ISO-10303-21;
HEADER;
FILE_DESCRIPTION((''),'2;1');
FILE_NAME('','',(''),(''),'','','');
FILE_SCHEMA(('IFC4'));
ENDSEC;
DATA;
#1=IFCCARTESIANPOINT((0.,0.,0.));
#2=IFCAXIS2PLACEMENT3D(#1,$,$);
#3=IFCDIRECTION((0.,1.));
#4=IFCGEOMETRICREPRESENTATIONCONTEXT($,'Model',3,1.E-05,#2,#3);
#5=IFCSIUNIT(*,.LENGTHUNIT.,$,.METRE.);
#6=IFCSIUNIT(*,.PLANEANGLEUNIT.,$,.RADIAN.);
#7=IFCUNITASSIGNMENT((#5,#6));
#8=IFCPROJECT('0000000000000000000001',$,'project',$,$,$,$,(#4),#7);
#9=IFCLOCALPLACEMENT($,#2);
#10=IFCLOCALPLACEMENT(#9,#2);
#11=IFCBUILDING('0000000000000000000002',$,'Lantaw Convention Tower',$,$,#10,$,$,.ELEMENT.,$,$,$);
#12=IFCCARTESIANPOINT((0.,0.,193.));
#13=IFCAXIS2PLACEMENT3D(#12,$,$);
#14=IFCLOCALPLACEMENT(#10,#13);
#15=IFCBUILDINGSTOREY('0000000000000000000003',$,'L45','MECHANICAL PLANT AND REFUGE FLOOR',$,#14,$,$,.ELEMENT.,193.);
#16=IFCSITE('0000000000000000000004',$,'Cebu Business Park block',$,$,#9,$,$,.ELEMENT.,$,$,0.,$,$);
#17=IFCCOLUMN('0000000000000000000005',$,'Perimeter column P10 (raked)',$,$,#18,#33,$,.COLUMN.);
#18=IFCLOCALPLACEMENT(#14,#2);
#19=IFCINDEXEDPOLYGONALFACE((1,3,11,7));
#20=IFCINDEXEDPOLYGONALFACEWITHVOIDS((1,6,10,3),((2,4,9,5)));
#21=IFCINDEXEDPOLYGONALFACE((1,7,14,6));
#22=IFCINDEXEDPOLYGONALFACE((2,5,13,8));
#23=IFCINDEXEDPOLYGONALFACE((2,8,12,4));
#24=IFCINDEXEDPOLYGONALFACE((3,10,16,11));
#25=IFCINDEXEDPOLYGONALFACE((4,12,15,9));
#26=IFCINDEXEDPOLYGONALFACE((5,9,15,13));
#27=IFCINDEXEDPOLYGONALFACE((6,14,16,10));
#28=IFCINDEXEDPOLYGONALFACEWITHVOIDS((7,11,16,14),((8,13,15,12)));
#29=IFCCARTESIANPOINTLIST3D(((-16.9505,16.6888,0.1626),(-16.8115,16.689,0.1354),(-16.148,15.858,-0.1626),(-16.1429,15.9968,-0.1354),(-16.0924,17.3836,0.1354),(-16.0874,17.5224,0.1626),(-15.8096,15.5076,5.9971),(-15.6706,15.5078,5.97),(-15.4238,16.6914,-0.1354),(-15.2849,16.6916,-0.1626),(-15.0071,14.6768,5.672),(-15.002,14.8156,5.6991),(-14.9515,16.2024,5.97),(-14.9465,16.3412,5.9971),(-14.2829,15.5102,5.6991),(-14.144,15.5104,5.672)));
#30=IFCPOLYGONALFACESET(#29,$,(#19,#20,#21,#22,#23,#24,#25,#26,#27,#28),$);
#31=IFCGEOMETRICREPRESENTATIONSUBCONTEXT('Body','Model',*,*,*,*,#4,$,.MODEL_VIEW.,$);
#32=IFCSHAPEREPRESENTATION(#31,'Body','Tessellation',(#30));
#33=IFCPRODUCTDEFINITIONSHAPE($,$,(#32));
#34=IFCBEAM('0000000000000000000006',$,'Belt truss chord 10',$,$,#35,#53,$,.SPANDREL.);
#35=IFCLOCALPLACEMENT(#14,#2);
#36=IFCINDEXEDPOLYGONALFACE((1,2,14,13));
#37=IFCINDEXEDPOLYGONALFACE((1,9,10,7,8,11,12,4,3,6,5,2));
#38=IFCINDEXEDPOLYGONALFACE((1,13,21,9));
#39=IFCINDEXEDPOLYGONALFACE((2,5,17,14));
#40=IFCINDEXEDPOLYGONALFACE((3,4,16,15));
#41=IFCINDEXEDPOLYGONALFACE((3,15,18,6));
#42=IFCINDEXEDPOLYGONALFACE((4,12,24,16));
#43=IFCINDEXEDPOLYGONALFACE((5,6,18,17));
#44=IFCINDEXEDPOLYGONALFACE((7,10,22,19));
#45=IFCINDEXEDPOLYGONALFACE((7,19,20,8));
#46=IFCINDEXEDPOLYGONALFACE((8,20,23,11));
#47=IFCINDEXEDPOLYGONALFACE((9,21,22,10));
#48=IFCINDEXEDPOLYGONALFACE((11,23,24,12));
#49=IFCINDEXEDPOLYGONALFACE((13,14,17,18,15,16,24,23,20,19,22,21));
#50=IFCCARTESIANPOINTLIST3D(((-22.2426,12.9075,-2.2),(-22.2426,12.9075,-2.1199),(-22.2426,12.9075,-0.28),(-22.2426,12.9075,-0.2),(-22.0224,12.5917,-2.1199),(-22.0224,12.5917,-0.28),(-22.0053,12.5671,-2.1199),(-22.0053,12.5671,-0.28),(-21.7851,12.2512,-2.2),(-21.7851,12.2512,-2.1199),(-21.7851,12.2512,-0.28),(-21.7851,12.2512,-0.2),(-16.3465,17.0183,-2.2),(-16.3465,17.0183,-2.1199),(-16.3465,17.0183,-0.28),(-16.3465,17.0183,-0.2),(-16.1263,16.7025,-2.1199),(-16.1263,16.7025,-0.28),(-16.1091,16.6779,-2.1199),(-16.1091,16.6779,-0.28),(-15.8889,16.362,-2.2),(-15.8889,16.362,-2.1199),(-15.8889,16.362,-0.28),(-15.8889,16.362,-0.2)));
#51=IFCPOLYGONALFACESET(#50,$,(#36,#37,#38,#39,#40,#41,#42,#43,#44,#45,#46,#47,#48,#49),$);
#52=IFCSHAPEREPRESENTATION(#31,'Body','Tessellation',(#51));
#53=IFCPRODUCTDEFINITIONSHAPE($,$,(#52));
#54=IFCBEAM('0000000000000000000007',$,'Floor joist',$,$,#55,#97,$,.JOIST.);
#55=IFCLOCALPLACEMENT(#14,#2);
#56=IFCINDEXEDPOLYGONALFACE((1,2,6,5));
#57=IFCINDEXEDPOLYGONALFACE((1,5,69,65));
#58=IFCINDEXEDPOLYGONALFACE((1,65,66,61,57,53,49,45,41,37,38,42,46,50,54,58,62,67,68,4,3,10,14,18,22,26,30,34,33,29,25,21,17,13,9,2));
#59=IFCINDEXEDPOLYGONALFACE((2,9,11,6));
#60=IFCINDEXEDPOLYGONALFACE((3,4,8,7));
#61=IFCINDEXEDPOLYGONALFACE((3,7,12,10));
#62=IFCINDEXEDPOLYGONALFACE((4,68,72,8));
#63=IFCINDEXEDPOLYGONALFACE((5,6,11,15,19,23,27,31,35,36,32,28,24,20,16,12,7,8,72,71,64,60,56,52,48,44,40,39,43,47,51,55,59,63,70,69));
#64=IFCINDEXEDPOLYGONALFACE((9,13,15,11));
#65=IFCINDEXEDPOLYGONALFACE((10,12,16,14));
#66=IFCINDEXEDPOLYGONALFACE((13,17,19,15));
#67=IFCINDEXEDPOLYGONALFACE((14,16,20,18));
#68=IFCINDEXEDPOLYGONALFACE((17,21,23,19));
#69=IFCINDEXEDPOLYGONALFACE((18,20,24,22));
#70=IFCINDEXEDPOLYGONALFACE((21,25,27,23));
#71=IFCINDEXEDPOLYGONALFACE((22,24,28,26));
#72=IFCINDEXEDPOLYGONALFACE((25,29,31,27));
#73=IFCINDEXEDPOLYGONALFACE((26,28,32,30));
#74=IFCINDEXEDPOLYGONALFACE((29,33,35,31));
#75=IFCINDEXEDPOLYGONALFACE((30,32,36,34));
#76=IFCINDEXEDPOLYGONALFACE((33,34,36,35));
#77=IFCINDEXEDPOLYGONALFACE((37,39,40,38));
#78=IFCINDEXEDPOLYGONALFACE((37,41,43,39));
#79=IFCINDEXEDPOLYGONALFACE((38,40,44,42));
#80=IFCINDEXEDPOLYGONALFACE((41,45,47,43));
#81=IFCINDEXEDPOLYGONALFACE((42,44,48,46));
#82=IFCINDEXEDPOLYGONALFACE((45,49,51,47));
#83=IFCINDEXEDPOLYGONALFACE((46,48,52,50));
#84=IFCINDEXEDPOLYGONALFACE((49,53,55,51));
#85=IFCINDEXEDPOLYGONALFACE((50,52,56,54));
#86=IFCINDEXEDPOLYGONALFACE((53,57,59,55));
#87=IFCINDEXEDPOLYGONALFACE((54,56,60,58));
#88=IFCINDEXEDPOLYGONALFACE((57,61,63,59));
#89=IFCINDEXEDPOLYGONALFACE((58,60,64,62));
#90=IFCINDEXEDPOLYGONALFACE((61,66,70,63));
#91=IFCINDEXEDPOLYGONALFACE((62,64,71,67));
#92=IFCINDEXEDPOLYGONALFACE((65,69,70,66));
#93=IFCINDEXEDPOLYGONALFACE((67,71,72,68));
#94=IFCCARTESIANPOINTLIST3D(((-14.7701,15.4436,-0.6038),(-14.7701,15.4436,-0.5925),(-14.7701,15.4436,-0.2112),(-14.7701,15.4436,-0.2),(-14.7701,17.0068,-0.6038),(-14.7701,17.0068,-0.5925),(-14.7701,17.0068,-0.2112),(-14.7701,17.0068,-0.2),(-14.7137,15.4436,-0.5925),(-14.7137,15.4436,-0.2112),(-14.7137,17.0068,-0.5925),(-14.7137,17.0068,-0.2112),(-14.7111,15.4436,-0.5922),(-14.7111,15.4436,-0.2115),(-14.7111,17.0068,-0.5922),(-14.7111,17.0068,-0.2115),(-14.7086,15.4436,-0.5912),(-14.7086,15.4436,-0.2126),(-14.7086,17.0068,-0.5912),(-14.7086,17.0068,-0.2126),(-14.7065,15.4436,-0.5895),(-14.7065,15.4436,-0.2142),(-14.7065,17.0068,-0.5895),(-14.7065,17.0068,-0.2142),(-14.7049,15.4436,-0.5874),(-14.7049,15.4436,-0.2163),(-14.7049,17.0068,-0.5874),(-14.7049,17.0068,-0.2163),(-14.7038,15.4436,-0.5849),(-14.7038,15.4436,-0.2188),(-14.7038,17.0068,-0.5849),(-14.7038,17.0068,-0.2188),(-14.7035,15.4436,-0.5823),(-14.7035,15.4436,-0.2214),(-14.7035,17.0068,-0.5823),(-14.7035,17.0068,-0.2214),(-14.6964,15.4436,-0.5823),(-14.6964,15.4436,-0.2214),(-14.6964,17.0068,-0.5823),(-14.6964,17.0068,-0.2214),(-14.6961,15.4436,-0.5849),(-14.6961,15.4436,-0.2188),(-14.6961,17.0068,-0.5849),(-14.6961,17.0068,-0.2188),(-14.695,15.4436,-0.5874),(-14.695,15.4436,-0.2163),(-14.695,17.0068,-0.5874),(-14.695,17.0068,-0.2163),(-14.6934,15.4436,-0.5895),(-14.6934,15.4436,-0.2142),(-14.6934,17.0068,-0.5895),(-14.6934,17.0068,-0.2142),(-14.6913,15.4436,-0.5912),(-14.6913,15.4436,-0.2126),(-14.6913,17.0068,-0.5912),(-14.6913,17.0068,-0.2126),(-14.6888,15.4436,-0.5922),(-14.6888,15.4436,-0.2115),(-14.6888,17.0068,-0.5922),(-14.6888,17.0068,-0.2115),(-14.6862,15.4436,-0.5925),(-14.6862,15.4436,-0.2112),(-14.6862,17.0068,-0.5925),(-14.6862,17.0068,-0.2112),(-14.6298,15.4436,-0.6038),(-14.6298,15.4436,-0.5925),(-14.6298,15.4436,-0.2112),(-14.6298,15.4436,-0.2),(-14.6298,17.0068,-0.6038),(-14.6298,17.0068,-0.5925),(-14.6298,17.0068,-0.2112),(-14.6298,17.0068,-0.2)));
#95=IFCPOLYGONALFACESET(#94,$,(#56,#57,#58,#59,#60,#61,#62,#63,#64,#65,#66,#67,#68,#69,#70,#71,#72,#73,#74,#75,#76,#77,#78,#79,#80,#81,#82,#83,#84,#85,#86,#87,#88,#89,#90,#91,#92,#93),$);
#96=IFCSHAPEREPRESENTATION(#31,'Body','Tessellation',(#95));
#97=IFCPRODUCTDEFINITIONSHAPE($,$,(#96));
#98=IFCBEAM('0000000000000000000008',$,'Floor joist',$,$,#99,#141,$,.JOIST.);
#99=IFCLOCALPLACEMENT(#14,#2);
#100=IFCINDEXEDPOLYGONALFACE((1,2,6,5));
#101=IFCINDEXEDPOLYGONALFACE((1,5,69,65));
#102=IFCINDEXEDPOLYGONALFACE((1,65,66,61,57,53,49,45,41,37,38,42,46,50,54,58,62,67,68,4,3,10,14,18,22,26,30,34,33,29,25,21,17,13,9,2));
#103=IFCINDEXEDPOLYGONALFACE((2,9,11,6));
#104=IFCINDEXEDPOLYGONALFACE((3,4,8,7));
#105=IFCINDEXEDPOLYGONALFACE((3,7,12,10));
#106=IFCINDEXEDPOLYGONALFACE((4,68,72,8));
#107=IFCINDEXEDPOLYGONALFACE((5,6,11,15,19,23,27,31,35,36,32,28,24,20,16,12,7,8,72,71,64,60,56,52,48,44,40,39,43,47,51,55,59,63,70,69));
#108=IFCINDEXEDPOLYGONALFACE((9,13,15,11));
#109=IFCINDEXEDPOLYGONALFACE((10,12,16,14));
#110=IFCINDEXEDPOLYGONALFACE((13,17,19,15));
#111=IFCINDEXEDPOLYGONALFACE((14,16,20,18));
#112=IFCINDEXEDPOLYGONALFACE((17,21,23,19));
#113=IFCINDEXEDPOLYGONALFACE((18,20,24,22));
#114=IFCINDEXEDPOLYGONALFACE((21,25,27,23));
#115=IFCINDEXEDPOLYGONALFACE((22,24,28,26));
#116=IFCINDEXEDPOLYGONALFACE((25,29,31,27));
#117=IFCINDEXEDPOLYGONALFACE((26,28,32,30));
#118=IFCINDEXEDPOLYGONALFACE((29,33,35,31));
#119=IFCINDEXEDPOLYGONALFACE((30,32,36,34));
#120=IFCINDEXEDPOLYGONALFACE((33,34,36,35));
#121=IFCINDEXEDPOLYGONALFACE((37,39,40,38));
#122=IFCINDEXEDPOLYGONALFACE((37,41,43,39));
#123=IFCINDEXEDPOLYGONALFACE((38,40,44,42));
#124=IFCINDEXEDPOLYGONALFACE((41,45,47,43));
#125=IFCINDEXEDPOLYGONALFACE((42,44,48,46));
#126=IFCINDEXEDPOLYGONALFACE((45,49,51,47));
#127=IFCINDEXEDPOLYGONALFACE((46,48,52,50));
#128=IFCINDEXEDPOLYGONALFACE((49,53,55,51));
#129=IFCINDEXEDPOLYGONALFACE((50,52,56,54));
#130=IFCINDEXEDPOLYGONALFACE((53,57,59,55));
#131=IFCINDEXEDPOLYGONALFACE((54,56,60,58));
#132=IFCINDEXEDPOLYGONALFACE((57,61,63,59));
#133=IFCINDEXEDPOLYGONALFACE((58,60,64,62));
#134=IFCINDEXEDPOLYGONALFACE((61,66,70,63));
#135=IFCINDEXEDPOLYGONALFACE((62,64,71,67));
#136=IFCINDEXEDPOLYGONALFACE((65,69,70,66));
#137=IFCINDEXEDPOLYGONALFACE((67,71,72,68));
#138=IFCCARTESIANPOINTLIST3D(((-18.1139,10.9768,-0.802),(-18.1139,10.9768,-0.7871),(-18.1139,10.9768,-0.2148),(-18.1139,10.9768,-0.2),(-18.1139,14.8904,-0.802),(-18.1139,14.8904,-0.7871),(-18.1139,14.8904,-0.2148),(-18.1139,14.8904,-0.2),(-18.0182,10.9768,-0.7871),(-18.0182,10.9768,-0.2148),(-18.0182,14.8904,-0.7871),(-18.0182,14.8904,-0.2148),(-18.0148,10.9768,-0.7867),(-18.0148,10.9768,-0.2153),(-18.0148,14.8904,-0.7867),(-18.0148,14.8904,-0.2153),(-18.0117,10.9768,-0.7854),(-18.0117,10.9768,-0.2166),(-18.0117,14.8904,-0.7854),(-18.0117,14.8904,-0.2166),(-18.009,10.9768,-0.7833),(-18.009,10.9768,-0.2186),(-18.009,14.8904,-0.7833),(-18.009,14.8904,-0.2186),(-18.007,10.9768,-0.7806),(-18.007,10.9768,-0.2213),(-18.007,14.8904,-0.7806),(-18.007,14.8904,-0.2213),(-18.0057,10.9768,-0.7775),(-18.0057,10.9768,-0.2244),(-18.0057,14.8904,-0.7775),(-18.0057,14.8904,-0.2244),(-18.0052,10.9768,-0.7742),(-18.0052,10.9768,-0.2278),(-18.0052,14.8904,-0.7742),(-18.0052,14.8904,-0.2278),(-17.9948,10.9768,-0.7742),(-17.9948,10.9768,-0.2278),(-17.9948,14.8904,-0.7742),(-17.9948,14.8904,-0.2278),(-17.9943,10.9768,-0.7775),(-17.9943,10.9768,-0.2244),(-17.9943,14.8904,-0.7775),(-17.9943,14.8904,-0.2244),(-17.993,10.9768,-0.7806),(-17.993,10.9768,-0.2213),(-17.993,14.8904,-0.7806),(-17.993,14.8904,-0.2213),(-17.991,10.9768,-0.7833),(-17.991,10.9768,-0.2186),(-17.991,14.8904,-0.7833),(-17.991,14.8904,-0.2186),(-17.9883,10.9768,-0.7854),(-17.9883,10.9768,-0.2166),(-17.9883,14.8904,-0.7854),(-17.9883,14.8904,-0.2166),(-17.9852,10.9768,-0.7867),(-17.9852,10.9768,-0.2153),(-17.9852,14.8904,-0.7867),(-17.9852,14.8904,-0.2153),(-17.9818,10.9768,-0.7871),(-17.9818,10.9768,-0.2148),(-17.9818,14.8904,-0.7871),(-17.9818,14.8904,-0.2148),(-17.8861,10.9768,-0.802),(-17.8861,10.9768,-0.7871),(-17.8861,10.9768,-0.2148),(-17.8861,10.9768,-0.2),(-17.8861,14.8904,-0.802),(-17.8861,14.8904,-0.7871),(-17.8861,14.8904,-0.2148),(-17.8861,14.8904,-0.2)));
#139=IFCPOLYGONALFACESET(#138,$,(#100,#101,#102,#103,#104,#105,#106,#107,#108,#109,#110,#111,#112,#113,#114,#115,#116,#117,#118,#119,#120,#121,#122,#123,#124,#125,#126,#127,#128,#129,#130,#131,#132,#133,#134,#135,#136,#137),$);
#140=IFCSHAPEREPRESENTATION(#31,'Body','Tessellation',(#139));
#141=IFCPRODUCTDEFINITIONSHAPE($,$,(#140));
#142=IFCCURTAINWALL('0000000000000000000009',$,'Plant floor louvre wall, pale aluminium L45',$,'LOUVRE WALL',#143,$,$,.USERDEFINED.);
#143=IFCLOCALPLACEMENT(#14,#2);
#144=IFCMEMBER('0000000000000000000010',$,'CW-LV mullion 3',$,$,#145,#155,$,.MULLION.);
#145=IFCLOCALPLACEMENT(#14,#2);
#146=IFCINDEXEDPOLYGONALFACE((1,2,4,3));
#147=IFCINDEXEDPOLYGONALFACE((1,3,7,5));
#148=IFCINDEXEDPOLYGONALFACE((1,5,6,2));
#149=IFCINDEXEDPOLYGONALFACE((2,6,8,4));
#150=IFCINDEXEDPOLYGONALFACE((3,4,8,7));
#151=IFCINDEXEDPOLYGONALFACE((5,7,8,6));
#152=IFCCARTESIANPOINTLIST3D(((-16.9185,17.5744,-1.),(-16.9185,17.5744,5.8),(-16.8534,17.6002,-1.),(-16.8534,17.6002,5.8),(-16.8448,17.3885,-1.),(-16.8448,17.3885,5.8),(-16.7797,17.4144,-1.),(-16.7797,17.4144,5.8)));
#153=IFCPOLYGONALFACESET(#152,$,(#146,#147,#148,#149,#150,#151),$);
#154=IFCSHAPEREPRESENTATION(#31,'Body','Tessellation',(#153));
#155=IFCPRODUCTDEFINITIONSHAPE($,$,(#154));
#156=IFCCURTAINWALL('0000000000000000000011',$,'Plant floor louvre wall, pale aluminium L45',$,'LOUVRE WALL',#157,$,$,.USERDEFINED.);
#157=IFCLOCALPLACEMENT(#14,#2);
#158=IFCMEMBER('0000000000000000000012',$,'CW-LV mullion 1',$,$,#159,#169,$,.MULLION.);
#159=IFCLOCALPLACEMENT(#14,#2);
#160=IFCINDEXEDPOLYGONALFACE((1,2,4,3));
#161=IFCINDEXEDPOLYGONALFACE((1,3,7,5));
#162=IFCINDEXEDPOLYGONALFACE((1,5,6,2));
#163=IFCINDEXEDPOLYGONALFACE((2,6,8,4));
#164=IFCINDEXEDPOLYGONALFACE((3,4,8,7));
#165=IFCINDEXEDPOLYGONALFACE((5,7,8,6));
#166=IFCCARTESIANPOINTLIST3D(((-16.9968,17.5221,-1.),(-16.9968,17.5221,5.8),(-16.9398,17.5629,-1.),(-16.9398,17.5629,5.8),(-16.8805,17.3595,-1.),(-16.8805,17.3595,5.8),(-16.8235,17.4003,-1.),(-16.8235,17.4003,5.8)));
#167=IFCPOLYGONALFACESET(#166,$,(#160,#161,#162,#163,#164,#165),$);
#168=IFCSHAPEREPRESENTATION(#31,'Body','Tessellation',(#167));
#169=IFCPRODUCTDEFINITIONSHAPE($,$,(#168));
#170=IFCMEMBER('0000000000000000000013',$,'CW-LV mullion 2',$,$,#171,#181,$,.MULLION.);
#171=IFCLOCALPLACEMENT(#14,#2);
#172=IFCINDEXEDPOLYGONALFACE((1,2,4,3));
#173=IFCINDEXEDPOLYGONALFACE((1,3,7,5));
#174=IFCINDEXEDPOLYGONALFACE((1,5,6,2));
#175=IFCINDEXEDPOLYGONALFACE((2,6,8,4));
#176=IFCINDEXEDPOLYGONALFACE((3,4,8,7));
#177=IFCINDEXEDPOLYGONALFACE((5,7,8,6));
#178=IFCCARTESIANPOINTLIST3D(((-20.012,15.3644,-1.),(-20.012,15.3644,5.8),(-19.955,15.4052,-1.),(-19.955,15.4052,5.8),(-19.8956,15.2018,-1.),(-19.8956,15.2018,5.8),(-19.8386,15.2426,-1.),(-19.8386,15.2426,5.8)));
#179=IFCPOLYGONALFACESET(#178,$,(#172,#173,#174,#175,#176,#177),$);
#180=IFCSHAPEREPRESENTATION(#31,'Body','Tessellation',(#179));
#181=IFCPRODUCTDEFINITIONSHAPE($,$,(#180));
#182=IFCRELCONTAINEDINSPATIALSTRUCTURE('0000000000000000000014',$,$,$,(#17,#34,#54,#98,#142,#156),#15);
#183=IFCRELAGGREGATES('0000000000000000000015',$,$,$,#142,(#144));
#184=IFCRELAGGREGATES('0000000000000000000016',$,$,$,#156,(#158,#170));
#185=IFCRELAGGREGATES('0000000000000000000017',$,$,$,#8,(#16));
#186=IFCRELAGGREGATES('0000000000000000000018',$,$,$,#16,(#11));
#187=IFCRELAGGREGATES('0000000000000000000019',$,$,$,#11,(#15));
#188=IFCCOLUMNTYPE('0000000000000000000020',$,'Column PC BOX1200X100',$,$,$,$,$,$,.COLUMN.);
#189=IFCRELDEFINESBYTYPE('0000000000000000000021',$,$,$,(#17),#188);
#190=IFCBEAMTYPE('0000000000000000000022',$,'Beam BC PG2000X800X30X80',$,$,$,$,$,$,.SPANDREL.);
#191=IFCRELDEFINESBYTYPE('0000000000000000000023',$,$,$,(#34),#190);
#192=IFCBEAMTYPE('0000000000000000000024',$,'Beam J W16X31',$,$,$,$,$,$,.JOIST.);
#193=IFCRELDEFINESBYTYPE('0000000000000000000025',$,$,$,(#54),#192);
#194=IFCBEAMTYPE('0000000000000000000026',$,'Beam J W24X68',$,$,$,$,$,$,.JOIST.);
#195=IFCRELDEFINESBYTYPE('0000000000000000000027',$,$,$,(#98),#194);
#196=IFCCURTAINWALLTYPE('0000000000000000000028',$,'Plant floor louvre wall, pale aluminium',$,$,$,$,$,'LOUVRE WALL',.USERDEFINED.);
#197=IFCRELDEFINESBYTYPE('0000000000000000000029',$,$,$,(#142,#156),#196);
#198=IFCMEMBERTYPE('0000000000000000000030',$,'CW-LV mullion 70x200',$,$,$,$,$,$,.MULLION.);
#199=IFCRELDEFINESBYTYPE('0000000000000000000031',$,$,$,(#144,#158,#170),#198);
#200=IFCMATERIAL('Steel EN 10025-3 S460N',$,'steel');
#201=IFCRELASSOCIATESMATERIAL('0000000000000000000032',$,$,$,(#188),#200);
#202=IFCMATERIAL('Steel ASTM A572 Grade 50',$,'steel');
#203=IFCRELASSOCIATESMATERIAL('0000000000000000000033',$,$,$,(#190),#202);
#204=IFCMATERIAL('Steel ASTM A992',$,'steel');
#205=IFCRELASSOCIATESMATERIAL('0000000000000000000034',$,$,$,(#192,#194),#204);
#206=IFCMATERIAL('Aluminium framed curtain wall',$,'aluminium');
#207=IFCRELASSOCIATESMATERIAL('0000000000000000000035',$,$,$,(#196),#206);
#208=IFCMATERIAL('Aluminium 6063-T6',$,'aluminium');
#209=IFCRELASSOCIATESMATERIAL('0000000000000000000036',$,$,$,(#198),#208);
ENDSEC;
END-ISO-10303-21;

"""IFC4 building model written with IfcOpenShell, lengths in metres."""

from ifc_helpers import new_model, si_unit, direction, frame, origin, origin_2d, place, context, subcontext, project, spatial, rectangle, hollow_rectangle, i_section, extrude, material, material_profile, profile_set, type_object, element, aggregate, save


model = new_model("IFC4")

# Units and contexts
model_context = context("Model", 3, precision=1e-05, world=origin(), true_north=direction((0.0, 1.0)))
body_context = subcontext(model_context, "Body", "Model", "MODEL_VIEW")
ifc_project = project(units=[si_unit("LENGTHUNIT", "METRE"), si_unit("PLANEANGLEUNIT", "RADIAN")], contexts=[model_context])

# Site, building, storey
site_placement = place(None, origin())
site = spatial("IfcSite", under=ifc_project, at=site_placement, Name="Cebu Business Park block", CompositionType="ELEMENT", RefElevation=0.0)
building_placement = place(site_placement, origin())
building = spatial("IfcBuilding", under=site, at=building_placement, Name="Lantaw Convention Tower", CompositionType="ELEMENT")
storey_placement = place(building_placement, frame((0.0, 0.0, 193.0)))
storey = spatial("IfcBuildingStorey", under=building, at=storey_placement, Name="L45", Description="MECHANICAL PLANT AND REFUGE FLOOR", CompositionType="ELEMENT", Elevation=193.0)

# Column
ifc_material_1 = material(Name="Steel EN 10025-3 S460N", Category="steel")
ifc_material_profile_1 = material_profile(ifc_material_1, hollow_rectangle(XDim=1.2, YDim=1.2, WallThickness=0.1001, at=origin_2d()), Name="BOX1200X100")
ifc_material_2 = material(Name="Concrete C60/75", Category="concrete")
ifc_material_profile_2 = material_profile(ifc_material_2, rectangle(XDim=1.0, YDim=1.0, at=origin_2d()), Name="Concrete fill of BOX1200X100")
ifc_profile_set_1 = profile_set([ifc_material_profile_1, ifc_material_profile_2], Name="Steel EN 10025-3 S460N")
column_type = type_object("IfcColumnType", Name="Column PC BOX1200X100", PredefinedType="COLUMN", material=ifc_profile_set_1)
column_placement = place(storey_placement, frame((-16.1177, 16.6902, 0.0), z_axis=(0.188226, -0.194872, 0.962599), x_axis=(0.719266, 0.694735, 0.0)))
element("IfcColumn", 1, at=column_placement, inside=storey, type_object=column_type, Name="Perimeter column P10 (raked)", PredefinedType="COLUMN", context=body_context, shape_type="SweptSolid", body=[
    extrude(hollow_rectangle(XDim=1.2, YDim=1.2, WallThickness=0.1001, at=origin_2d()), origin(), (0.0, 0.0, 1.0), 6.0613),
])

# Beams
ifc_material_3 = material(Name="Steel ASTM A572 Grade 50", Category="steel")
ifc_material_profile_3 = material_profile(ifc_material_3, i_section(OverallWidth=0.8, OverallDepth=2.0, WebThickness=0.03, FlangeThickness=0.0801, at=origin_2d()), Name="PG2000X800X30X80")
ifc_profile_set_2 = profile_set([ifc_material_profile_3], Name="Steel ASTM A572 Grade 50")
beam_type_1 = type_object("IfcBeamType", Name="Beam BC PG2000X800X30X80", PredefinedType="SPANDREL", material=ifc_profile_set_2)
beam_1_placement = place(storey_placement, frame((-16.1177, 16.6902, -1.2), z_axis=(-0.820311, -0.571918, 0.0), x_axis=(0.571918, -0.820311, 0.0)))
element("IfcBeam", 2, at=beam_1_placement, inside=storey, type_object=beam_type_1, Name="Belt truss chord 10", PredefinedType="SPANDREL", context=body_context, shape_type="SweptSolid", body=[
    extrude(i_section(OverallWidth=0.8, OverallDepth=2.0, WebThickness=0.03, FlangeThickness=0.0801, at=origin_2d()), origin(), (0.0, 0.0, 1.0), 7.1877),
])
ifc_material_4 = material(Name="Steel ASTM A992", Category="steel")
ifc_material_profile_4 = material_profile(ifc_material_4, i_section(OverallWidth=0.1404, OverallDepth=0.4038, WebThickness=0.0071, FlangeThickness=0.0112, FilletRadius=0.0103, at=origin_2d()), Name="W16X31")
ifc_profile_set_3 = profile_set([ifc_material_profile_4], Name="Steel ASTM A992")
beam_type_2 = type_object("IfcBeamType", Name="Beam J W16X31", PredefinedType="JOIST", material=ifc_profile_set_3)
beam_2_placement = place(storey_placement, frame((-14.7, 15.4436, -0.4019), z_axis=(0.0, 1.0, 0.0), x_axis=(-1.0, 0.0, 0.0)))
element("IfcBeam", 3, at=beam_2_placement, inside=storey, type_object=beam_type_2, Name="Floor joist", PredefinedType="JOIST", context=body_context, shape_type="SweptSolid", body=[
    extrude(i_section(OverallWidth=0.1404, OverallDepth=0.4038, WebThickness=0.0071, FlangeThickness=0.0112, FilletRadius=0.0103, at=origin_2d()), origin(), (0.0, 0.0, 1.0), 1.5632),
])
ifc_material_profile_5 = material_profile(ifc_material_4, i_section(OverallWidth=0.2278, OverallDepth=0.6021, WebThickness=0.0105, FlangeThickness=0.0149, FilletRadius=0.0129, at=origin_2d()), Name="W24X68")
ifc_profile_set_4 = profile_set([ifc_material_profile_5], Name="Steel ASTM A992")
beam_type_3 = type_object("IfcBeamType", Name="Beam J W24X68", PredefinedType="JOIST", material=ifc_profile_set_4)
beam_3_placement = place(storey_placement, frame((-18.0, 10.9768, -0.501), z_axis=(0.0, 1.0, 0.0), x_axis=(-1.0, 0.0, 0.0)))
element("IfcBeam", 4, at=beam_3_placement, inside=storey, type_object=beam_type_3, Name="Floor joist", PredefinedType="JOIST", context=body_context, shape_type="SweptSolid", body=[
    extrude(i_section(OverallWidth=0.2278, OverallDepth=0.6021, WebThickness=0.0105, FlangeThickness=0.0149, FilletRadius=0.0129, at=origin_2d()), origin(), (0.0, 0.0, 1.0), 3.9136),
])

# Curtain wall, member
ifc_material_5 = material(Name="Aluminium framed curtain wall", Category="aluminium")
curtain_wall_type = type_object("IfcCurtainWallType", Name="Plant floor louvre wall, pale aluminium", ElementType="LOUVRE WALL", PredefinedType="USERDEFINED", material=ifc_material_5)
curtain_wall_1_placement = place(storey_placement, origin())
curtain_wall_1 = element("IfcCurtainWall", 5, at=curtain_wall_1_placement, inside=storey, type_object=curtain_wall_type, Name="Plant floor louvre wall, pale aluminium L45", ObjectType="LOUVRE WALL", PredefinedType="USERDEFINED")
ifc_material_6 = material(Name="Aluminium 6063-T6", Category="aluminium")
ifc_material_profile_6 = material_profile(ifc_material_6, rectangle(XDim=0.2, YDim=0.0701, at=origin_2d()), Name="CW-LV mullion 70x200")
ifc_profile_set_5 = profile_set([ifc_material_profile_6], Name="Aluminium 6063-T6")
member_type_1 = type_object("IfcMemberType", Name="CW-LV mullion 70x200", PredefinedType="MULLION", material=ifc_profile_set_5)
member_1_placement = place(storey_placement, frame((-16.8491, 17.4944, -1.0), z_axis=(0.0, 0.0, 1.0), x_axis=(0.368702, -0.929548, 0.0)))
member_1 = element("IfcMember", 6, at=member_1_placement, type_object=member_type_1, Name="CW-LV mullion 3", PredefinedType="MULLION", context=body_context, shape_type="SweptSolid", body=[
    extrude(rectangle(XDim=0.2, YDim=0.0701, at=origin_2d()), origin(), (0.0, 0.0, 1.0), 6.8),
])

# Curtain wall, members
curtain_wall_2_placement = place(storey_placement, origin())
curtain_wall_2 = element("IfcCurtainWall", 7, at=curtain_wall_2_placement, inside=storey, type_object=curtain_wall_type, Name="Plant floor louvre wall, pale aluminium L45", ObjectType="LOUVRE WALL", PredefinedType="USERDEFINED")
member_2_placement = place(storey_placement, frame((-16.9102, 17.4612, -1.0), z_axis=(0.0, 0.0, 1.0), x_axis=(0.581973, -0.813208, 0.0)))
member_2 = element("IfcMember", 8, at=member_2_placement, type_object=member_type_1, Name="CW-LV mullion 1", PredefinedType="MULLION", context=body_context, shape_type="SweptSolid", body=[
    extrude(rectangle(XDim=0.2, YDim=0.0701, at=origin_2d()), origin(), (0.0, 0.0, 1.0), 6.8),
])
member_3_placement = place(storey_placement, frame((-19.9253, 15.3035, -1.0), z_axis=(0.0, 0.0, 1.0), x_axis=(0.581973, -0.813208, 0.0)))
member_3 = element("IfcMember", 9, at=member_3_placement, type_object=member_type_1, Name="CW-LV mullion 2", PredefinedType="MULLION", context=body_context, shape_type="SweptSolid", body=[
    extrude(rectangle(XDim=0.2, YDim=0.0701, at=origin_2d()), origin(), (0.0, 0.0, 1.0), 6.8),
])

aggregate(curtain_wall_1, [member_1])
aggregate(curtain_wall_2, [member_2, member_3])

save(model, "model.ifc")
